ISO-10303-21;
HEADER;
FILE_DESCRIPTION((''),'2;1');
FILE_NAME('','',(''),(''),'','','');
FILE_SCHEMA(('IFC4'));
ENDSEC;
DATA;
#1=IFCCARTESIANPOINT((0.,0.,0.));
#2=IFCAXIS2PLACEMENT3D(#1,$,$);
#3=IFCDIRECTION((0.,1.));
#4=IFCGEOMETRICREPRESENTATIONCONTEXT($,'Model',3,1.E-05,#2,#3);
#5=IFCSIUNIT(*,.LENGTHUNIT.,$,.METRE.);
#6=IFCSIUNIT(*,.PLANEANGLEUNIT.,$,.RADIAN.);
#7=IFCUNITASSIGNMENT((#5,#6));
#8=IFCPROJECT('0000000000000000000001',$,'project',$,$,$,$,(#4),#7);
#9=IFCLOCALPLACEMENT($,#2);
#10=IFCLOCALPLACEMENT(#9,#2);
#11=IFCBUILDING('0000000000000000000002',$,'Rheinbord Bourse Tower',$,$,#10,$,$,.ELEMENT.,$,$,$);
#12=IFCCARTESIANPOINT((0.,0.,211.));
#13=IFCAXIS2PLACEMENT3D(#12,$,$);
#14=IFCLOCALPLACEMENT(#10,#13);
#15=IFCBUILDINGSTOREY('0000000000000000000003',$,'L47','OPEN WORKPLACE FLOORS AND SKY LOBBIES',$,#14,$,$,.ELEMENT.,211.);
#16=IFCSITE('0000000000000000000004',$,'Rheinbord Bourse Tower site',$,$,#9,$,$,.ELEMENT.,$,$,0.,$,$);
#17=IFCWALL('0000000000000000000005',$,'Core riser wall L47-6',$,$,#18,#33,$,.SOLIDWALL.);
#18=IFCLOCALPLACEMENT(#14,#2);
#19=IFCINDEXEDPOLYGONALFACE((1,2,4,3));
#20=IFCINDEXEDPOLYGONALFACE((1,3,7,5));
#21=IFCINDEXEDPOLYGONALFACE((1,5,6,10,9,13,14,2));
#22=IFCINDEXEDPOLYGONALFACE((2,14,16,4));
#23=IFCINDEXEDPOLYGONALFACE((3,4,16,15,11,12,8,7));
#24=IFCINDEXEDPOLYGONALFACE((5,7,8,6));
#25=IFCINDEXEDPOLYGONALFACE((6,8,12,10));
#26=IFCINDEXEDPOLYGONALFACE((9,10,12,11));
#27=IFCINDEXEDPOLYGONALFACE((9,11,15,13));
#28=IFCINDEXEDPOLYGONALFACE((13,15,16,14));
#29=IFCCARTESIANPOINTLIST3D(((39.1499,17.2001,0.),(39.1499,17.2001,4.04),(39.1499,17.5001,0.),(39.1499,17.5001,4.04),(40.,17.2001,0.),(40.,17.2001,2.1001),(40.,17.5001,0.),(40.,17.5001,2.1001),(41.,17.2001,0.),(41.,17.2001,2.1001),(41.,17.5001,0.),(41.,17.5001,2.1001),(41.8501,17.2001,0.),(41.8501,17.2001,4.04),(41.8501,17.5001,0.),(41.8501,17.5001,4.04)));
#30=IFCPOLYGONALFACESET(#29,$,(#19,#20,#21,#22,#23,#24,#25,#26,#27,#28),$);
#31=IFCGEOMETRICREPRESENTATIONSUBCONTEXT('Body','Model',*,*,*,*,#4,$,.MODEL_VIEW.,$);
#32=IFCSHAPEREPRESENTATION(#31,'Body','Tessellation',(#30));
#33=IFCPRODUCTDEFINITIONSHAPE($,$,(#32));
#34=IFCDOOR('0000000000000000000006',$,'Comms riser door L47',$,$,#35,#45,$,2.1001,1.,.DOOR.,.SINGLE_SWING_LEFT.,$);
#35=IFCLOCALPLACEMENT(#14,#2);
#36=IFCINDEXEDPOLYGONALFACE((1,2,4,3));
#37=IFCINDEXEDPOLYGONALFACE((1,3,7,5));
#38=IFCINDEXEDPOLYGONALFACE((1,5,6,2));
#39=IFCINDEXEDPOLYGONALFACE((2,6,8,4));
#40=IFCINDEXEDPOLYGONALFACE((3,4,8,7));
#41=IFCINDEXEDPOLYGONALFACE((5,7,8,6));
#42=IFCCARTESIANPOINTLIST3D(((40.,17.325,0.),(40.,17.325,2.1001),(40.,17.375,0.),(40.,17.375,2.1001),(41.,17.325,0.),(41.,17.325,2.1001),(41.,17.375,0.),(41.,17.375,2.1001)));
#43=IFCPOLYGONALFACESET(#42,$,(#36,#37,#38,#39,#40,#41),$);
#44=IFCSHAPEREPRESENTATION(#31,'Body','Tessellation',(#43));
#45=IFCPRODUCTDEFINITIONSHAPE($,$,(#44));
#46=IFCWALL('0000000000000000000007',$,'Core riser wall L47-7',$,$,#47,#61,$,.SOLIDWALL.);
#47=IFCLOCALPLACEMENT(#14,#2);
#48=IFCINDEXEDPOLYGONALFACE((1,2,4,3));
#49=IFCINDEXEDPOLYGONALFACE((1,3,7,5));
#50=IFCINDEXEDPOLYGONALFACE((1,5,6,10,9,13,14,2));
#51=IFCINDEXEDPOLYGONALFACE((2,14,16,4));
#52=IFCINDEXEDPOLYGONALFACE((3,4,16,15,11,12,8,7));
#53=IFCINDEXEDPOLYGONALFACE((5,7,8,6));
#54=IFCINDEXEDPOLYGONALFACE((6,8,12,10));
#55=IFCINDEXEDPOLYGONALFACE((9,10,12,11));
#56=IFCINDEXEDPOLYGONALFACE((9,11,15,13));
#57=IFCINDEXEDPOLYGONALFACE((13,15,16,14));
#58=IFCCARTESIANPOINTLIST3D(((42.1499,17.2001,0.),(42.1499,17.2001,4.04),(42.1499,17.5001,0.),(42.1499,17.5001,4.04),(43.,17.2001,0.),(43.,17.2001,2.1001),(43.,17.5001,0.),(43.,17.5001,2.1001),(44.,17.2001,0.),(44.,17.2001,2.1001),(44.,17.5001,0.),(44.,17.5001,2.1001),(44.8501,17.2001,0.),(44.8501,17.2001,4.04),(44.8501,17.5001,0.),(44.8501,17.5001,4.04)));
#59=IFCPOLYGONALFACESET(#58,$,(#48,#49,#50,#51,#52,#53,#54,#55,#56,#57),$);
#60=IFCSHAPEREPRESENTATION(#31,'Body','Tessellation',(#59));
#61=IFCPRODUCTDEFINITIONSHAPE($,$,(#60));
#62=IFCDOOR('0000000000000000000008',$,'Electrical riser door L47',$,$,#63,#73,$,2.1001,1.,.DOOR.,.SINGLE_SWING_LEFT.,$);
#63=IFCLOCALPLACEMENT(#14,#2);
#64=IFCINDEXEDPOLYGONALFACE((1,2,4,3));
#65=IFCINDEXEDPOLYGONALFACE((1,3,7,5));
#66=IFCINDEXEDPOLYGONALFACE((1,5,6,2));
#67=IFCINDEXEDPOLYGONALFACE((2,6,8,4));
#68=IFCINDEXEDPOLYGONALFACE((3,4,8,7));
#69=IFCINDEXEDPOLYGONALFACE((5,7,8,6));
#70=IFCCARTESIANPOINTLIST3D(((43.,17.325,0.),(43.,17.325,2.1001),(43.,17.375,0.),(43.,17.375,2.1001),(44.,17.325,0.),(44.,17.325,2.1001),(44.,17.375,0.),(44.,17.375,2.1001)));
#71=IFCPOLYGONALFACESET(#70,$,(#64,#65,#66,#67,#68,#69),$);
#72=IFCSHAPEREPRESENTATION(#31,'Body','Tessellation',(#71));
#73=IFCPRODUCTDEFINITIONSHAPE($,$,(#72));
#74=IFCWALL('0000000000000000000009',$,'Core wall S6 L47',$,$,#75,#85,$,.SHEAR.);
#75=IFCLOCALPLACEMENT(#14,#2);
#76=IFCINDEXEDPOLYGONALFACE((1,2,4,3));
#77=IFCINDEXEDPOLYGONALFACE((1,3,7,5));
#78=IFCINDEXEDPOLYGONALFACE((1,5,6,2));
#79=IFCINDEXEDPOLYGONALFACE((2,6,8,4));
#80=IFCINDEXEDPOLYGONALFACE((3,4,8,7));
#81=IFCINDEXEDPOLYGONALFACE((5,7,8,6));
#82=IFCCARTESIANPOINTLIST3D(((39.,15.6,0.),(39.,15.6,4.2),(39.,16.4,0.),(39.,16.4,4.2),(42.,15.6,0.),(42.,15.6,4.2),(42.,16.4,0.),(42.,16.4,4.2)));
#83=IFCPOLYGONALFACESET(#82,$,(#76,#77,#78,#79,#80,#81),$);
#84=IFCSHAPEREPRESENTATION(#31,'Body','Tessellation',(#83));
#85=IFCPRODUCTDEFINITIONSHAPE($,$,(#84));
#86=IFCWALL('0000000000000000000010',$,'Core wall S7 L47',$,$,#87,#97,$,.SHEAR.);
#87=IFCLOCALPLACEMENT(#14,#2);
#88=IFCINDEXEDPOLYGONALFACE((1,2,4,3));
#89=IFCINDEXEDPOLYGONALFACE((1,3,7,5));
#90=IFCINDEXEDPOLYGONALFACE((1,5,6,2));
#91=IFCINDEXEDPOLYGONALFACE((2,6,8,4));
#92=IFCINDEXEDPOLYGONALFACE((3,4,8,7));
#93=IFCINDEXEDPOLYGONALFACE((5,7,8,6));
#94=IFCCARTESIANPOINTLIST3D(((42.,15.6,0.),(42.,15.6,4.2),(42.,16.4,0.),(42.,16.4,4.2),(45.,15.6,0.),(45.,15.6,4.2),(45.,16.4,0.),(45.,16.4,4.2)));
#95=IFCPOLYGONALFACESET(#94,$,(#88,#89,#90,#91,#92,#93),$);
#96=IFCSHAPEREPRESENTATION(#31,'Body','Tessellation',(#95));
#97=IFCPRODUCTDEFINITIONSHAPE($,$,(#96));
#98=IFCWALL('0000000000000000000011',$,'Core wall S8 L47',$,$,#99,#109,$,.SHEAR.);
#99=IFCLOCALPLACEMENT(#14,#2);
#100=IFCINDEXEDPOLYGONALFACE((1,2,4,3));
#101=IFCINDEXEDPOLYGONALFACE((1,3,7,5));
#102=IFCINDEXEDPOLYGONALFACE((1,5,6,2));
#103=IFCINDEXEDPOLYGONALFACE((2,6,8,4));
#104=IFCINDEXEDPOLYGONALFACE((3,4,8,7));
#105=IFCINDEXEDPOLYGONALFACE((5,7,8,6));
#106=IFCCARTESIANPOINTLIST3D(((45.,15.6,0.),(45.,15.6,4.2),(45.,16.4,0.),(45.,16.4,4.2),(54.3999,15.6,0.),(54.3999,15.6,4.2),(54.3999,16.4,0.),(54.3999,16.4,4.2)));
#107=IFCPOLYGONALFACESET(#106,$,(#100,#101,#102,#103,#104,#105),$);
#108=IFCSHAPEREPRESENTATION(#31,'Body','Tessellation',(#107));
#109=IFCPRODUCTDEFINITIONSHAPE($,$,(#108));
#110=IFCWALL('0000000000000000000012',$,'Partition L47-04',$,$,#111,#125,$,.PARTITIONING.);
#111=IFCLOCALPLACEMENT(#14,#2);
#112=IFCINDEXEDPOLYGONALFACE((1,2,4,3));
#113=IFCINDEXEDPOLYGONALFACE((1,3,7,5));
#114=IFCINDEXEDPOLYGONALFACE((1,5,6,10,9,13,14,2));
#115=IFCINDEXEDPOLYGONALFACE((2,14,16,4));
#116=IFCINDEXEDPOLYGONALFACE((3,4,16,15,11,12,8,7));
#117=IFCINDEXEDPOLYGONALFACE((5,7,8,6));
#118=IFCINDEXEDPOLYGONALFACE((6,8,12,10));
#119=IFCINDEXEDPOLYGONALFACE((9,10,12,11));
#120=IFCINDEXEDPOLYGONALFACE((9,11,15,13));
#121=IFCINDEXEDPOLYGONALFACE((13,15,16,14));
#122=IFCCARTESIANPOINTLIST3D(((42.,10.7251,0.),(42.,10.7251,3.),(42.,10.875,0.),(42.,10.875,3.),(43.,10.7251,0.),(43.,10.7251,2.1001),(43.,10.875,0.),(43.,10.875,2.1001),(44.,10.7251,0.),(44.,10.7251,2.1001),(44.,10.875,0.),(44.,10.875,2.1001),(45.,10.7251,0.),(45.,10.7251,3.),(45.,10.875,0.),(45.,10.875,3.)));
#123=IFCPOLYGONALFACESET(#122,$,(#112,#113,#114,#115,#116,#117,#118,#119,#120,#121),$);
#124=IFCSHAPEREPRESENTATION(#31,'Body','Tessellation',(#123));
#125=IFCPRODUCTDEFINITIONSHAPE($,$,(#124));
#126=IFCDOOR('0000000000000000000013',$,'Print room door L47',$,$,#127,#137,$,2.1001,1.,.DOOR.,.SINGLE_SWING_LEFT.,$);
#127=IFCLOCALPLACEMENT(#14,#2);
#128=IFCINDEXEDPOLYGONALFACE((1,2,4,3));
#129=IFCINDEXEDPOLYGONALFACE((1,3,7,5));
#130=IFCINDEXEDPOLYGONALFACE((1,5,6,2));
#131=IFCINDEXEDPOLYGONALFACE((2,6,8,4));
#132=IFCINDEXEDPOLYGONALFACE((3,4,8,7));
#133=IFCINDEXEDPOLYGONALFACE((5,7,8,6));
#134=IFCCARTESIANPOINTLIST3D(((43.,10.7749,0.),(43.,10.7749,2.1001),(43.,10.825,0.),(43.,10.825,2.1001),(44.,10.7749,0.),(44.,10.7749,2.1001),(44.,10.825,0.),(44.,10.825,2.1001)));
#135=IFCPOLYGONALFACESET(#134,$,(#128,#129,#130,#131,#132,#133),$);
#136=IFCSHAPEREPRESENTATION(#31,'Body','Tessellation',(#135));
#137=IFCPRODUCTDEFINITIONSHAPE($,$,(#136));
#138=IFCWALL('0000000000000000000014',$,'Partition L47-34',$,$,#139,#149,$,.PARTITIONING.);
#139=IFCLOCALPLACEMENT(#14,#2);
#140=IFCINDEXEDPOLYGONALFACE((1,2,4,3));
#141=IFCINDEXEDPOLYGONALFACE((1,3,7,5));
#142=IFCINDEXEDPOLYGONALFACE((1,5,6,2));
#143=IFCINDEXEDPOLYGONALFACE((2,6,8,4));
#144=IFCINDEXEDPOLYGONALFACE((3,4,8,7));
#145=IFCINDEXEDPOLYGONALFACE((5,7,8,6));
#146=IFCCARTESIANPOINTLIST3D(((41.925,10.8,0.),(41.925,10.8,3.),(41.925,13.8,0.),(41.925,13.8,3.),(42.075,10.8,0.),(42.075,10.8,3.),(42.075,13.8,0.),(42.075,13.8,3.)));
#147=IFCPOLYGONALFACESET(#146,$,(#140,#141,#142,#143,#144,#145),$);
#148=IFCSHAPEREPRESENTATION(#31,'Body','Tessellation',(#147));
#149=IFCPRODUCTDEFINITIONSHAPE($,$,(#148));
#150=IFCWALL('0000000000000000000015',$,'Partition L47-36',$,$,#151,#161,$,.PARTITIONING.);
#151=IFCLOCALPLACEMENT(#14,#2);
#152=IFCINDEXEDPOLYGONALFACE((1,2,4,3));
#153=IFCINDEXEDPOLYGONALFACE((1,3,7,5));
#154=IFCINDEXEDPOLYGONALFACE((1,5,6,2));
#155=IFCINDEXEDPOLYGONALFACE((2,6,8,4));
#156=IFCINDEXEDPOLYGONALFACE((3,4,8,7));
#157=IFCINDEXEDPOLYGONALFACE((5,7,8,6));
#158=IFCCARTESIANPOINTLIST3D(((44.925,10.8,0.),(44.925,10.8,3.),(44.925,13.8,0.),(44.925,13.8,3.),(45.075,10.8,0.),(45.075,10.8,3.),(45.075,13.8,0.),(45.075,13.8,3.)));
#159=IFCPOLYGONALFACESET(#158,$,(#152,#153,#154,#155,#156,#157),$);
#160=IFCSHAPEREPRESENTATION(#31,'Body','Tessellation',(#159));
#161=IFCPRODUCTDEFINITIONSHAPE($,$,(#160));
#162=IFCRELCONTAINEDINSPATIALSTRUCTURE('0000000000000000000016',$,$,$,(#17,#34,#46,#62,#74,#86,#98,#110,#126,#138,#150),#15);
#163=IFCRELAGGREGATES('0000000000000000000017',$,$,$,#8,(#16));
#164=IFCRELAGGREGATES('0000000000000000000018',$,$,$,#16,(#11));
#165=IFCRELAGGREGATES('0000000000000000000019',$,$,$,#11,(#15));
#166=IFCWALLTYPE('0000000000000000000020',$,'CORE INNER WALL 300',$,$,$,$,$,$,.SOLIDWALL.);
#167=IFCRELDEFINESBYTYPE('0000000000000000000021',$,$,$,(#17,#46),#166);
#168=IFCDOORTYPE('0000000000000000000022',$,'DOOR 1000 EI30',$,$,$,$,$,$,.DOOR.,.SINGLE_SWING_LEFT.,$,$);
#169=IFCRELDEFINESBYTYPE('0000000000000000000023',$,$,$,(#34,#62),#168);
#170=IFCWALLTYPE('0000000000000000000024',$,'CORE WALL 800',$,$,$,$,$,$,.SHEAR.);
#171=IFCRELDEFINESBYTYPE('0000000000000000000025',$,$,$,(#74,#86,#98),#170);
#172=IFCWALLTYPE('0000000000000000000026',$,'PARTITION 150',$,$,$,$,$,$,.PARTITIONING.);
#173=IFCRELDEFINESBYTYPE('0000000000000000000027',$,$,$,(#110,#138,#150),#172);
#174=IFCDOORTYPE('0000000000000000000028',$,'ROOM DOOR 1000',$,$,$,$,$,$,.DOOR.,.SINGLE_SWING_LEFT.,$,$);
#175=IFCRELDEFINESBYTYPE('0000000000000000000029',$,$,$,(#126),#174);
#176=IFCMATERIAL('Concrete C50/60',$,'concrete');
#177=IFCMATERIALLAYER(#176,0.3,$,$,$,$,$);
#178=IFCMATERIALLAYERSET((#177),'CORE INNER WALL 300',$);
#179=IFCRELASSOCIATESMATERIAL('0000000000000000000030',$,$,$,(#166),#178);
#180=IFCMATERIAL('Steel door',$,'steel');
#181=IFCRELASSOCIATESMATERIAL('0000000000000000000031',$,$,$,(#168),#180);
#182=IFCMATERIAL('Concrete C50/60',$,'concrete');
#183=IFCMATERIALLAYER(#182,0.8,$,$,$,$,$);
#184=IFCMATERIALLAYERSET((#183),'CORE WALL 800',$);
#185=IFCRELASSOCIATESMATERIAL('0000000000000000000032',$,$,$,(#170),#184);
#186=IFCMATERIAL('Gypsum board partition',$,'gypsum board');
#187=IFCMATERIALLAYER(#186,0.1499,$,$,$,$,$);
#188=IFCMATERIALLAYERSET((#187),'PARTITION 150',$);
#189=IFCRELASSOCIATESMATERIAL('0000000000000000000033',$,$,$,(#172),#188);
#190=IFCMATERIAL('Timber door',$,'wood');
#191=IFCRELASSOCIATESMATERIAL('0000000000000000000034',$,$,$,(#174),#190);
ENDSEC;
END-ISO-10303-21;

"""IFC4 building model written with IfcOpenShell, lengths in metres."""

from ifc_helpers import new_model, si_unit, direction, frame, frame_2d, origin, place, context, subcontext, project, spatial, rectangle, extrude, material, layer, layer_set, type_object, element, fill, save


model = new_model("IFC4")

# Units and contexts
model_context = context("Model", 3, precision=1e-05, world=origin(), true_north=direction((0.0, 1.0)))
body_context = subcontext(model_context, "Body", "Model", "MODEL_VIEW")
ifc_project = project(units=[si_unit("LENGTHUNIT", "METRE"), si_unit("PLANEANGLEUNIT", "RADIAN")], contexts=[model_context])

# Site, building, storey
site_placement = place(None, origin())
site = spatial("IfcSite", under=ifc_project, at=site_placement, Name="Rheinbord Bourse Tower site", CompositionType="ELEMENT", RefElevation=0.0)
building_placement = place(site_placement, origin())
building = spatial("IfcBuilding", under=site, at=building_placement, Name="Rheinbord Bourse Tower", CompositionType="ELEMENT")
storey_placement = place(building_placement, frame((0.0, 0.0, 211.0)))
storey = spatial("IfcBuildingStorey", under=building, at=storey_placement, Name="L47", Description="OPEN WORKPLACE FLOORS AND SKY LOBBIES", CompositionType="ELEMENT", Elevation=211.0)

# Shared definitions
ifc_material_1 = material(Name="Concrete C50/60", Category="concrete")
ifc_layer_1 = layer(ifc_material_1, 0.3)
ifc_layer_set_1 = layer_set([ifc_layer_1], Name="CORE INNER WALL 300")
wall_type_1 = type_object("IfcWallType", Name="CORE INNER WALL 300", PredefinedType="SOLIDWALL", material=ifc_layer_set_1)
ifc_material_2 = material(Name="Steel door", Category="steel")
door_type_1 = type_object("IfcDoorType", Name="DOOR 1000 EI30", OperationType="SINGLE_SWING_LEFT", PredefinedType="DOOR", material=ifc_material_2)

# Walls, openings, doors
wall_1_placement = place(storey_placement, frame((39.1499, 17.3501, 0.0), z_axis=(0.0, 0.0, 1.0), x_axis=(1.0, 0.0, 0.0)))
wall_1 = element("IfcWall", 1, at=wall_1_placement, inside=storey, type_object=wall_type_1, Name="Core riser wall L47-6", PredefinedType="SOLIDWALL", context=body_context, shape_type="SweptSolid", body=[
    extrude(rectangle(XDim=2.7002, YDim=0.3, at=frame_2d((1.3501, 0.0))), origin(), (0.0, 0.0, 1.0), 4.04),
])
opening_1_placement = place(wall_1_placement, frame((0.8501, 0.0, 0.0)))
opening_1 = element("IfcOpeningElement", 2, at=opening_1_placement, cuts=wall_1, PredefinedType="OPENING", context=body_context, shape_type="SweptSolid", body=[
    extrude(rectangle(XDim=1.0, YDim=2.1001, at=frame_2d((0.5, 1.05))), frame((0.0, 0.1599, 0.0), z_axis=(0.0, -1.0, 0.0), x_axis=(1.0, 0.0, 0.0)), (0.0, 0.0, 1.0), 0.3201),
])
door_1_placement = place(opening_1_placement, origin())
door_1 = element("IfcDoor", 3, at=door_1_placement, inside=storey, type_object=door_type_1, Name="Comms riser door L47", OperationType="SINGLE_SWING_LEFT", OverallHeight=2.1001, OverallWidth=1.0, PredefinedType="DOOR", context=body_context, shape_type="SweptSolid", body=[
    extrude(rectangle(XDim=1.0, YDim=2.1001, at=frame_2d((0.5, 1.05))), frame((0.0, 0.0249, 0.0), z_axis=(0.0, -1.0, 0.0), x_axis=(1.0, 0.0, 0.0)), (0.0, 0.0, 1.0), 0.05),
])
fill(opening_1, door_1)
wall_2_placement = place(storey_placement, frame((42.1499, 17.3501, 0.0), z_axis=(0.0, 0.0, 1.0), x_axis=(1.0, 0.0, 0.0)))
wall_2 = element("IfcWall", 4, at=wall_2_placement, inside=storey, type_object=wall_type_1, Name="Core riser wall L47-7", PredefinedType="SOLIDWALL", context=body_context, shape_type="SweptSolid", body=[
    extrude(rectangle(XDim=2.7002, YDim=0.3, at=frame_2d((1.3501, 0.0))), origin(), (0.0, 0.0, 1.0), 4.04),
])
opening_2_placement = place(wall_2_placement, frame((0.8501, 0.0, 0.0)))
opening_2 = element("IfcOpeningElement", 5, at=opening_2_placement, cuts=wall_2, PredefinedType="OPENING", context=body_context, shape_type="SweptSolid", body=[
    extrude(rectangle(XDim=1.0, YDim=2.1001, at=frame_2d((0.5, 1.05))), frame((0.0, 0.1599, 0.0), z_axis=(0.0, -1.0, 0.0), x_axis=(1.0, 0.0, 0.0)), (0.0, 0.0, 1.0), 0.3201),
])
door_2_placement = place(opening_2_placement, origin())
door_2 = element("IfcDoor", 6, at=door_2_placement, inside=storey, type_object=door_type_1, Name="Electrical riser door L47", OperationType="SINGLE_SWING_LEFT", OverallHeight=2.1001, OverallWidth=1.0, PredefinedType="DOOR", context=body_context, shape_type="SweptSolid", body=[
    extrude(rectangle(XDim=1.0, YDim=2.1001, at=frame_2d((0.5, 1.05))), frame((0.0, 0.0249, 0.0), z_axis=(0.0, -1.0, 0.0), x_axis=(1.0, 0.0, 0.0)), (0.0, 0.0, 1.0), 0.05),
])
fill(opening_2, door_2)

# Walls
ifc_material_3 = material(Name="Concrete C50/60", Category="concrete")
ifc_layer_2 = layer(ifc_material_3, 0.8)
ifc_layer_set_2 = layer_set([ifc_layer_2], Name="CORE WALL 800")
wall_type_2 = type_object("IfcWallType", Name="CORE WALL 800", PredefinedType="SHEAR", material=ifc_layer_set_2)
for number, where, z_axis, x_axis, name in (
    (7, (39.0, 16.0, 0.0), (0.0, 0.0, 1.0), (1.0, 0.0, 0.0), "Core wall S6 L47"),
    (8, (42.0, 16.0, 0.0), (0.0, 0.0, 1.0), (1.0, 0.0, 0.0), "Core wall S7 L47"),
):
    element("IfcWall", number, at=place(storey_placement, frame(where, z_axis=z_axis, x_axis=x_axis)), inside=storey, type_object=wall_type_2, Name=name, PredefinedType="SHEAR", context=body_context, shape_type="SweptSolid", body=[
        extrude(rectangle(XDim=3.0, YDim=0.8, at=frame_2d((1.5, 0.0))), origin(), (0.0, 0.0, 1.0), 4.2),
    ])
wall_3_placement = place(storey_placement, frame((45.0, 16.0, 0.0), z_axis=(0.0, 0.0, 1.0), x_axis=(1.0, 0.0, 0.0)))
element("IfcWall", 9, at=wall_3_placement, inside=storey, type_object=wall_type_2, Name="Core wall S8 L47", PredefinedType="SHEAR", context=body_context, shape_type="SweptSolid", body=[
    extrude(rectangle(XDim=9.3999, YDim=0.8, at=frame_2d((4.7, 0.0))), origin(), (0.0, 0.0, 1.0), 4.2),
])

# Wall, opening, door
ifc_material_4 = material(Name="Gypsum board partition", Category="gypsum board")
ifc_layer_3 = layer(ifc_material_4, 0.1499)
ifc_layer_set_3 = layer_set([ifc_layer_3], Name="PARTITION 150")
wall_type_3 = type_object("IfcWallType", Name="PARTITION 150", PredefinedType="PARTITIONING", material=ifc_layer_set_3)
wall_4_placement = place(storey_placement, frame((42.0, 10.8, 0.0), z_axis=(0.0, 0.0, 1.0), x_axis=(1.0, 0.0, 0.0)))
wall_4 = element("IfcWall", 10, at=wall_4_placement, inside=storey, type_object=wall_type_3, Name="Partition L47-04", PredefinedType="PARTITIONING", context=body_context, shape_type="SweptSolid", body=[
    extrude(rectangle(XDim=3.0, YDim=0.1499, at=frame_2d((1.5, 0.0))), origin(), (0.0, 0.0, 1.0), 3.0),
])
opening_3_placement = place(wall_4_placement, frame((1.0, 0.0, 0.0)))
opening_3 = element("IfcOpeningElement", 11, at=opening_3_placement, cuts=wall_4, PredefinedType="OPENING", context=body_context, shape_type="SweptSolid", body=[
    extrude(rectangle(XDim=1.0, YDim=2.1001, at=frame_2d((0.5, 1.05))), frame((0.0, 0.085, 0.0), z_axis=(0.0, -1.0, 0.0), x_axis=(1.0, 0.0, 0.0)), (0.0, 0.0, 1.0), 0.1699),
])
ifc_material_5 = material(Name="Timber door", Category="wood")
door_type_2 = type_object("IfcDoorType", Name="ROOM DOOR 1000", OperationType="SINGLE_SWING_LEFT", PredefinedType="DOOR", material=ifc_material_5)
door_3_placement = place(opening_3_placement, origin())
door_3 = element("IfcDoor", 12, at=door_3_placement, inside=storey, type_object=door_type_2, Name="Print room door L47", OperationType="SINGLE_SWING_LEFT", OverallHeight=2.1001, OverallWidth=1.0, PredefinedType="DOOR", context=body_context, shape_type="SweptSolid", body=[
    extrude(rectangle(XDim=1.0, YDim=2.1001, at=frame_2d((0.5, 1.05))), frame((0.0, 0.0249, 0.0), z_axis=(0.0, -1.0, 0.0), x_axis=(1.0, 0.0, 0.0)), (0.0, 0.0, 1.0), 0.05),
])
fill(opening_3, door_3)

# Walls
for number, where, z_axis, x_axis, name in (
    (13, (42.0, 10.8, 0.0), (0.0, 0.0, 1.0), (0.0, 1.0, 0.0), "Partition L47-34"),
    (14, (45.0, 10.8, 0.0), (0.0, 0.0, 1.0), (0.0, 1.0, 0.0), "Partition L47-36"),
):
    element("IfcWall", number, at=place(storey_placement, frame(where, z_axis=z_axis, x_axis=x_axis)), inside=storey, type_object=wall_type_3, Name=name, PredefinedType="PARTITIONING", context=body_context, shape_type="SweptSolid", body=[
        extrude(rectangle(XDim=3.0, YDim=0.1499, at=frame_2d((1.5, 0.0))), origin(), (0.0, 0.0, 1.0), 3.0),
    ])

save(model, "model.ifc")
